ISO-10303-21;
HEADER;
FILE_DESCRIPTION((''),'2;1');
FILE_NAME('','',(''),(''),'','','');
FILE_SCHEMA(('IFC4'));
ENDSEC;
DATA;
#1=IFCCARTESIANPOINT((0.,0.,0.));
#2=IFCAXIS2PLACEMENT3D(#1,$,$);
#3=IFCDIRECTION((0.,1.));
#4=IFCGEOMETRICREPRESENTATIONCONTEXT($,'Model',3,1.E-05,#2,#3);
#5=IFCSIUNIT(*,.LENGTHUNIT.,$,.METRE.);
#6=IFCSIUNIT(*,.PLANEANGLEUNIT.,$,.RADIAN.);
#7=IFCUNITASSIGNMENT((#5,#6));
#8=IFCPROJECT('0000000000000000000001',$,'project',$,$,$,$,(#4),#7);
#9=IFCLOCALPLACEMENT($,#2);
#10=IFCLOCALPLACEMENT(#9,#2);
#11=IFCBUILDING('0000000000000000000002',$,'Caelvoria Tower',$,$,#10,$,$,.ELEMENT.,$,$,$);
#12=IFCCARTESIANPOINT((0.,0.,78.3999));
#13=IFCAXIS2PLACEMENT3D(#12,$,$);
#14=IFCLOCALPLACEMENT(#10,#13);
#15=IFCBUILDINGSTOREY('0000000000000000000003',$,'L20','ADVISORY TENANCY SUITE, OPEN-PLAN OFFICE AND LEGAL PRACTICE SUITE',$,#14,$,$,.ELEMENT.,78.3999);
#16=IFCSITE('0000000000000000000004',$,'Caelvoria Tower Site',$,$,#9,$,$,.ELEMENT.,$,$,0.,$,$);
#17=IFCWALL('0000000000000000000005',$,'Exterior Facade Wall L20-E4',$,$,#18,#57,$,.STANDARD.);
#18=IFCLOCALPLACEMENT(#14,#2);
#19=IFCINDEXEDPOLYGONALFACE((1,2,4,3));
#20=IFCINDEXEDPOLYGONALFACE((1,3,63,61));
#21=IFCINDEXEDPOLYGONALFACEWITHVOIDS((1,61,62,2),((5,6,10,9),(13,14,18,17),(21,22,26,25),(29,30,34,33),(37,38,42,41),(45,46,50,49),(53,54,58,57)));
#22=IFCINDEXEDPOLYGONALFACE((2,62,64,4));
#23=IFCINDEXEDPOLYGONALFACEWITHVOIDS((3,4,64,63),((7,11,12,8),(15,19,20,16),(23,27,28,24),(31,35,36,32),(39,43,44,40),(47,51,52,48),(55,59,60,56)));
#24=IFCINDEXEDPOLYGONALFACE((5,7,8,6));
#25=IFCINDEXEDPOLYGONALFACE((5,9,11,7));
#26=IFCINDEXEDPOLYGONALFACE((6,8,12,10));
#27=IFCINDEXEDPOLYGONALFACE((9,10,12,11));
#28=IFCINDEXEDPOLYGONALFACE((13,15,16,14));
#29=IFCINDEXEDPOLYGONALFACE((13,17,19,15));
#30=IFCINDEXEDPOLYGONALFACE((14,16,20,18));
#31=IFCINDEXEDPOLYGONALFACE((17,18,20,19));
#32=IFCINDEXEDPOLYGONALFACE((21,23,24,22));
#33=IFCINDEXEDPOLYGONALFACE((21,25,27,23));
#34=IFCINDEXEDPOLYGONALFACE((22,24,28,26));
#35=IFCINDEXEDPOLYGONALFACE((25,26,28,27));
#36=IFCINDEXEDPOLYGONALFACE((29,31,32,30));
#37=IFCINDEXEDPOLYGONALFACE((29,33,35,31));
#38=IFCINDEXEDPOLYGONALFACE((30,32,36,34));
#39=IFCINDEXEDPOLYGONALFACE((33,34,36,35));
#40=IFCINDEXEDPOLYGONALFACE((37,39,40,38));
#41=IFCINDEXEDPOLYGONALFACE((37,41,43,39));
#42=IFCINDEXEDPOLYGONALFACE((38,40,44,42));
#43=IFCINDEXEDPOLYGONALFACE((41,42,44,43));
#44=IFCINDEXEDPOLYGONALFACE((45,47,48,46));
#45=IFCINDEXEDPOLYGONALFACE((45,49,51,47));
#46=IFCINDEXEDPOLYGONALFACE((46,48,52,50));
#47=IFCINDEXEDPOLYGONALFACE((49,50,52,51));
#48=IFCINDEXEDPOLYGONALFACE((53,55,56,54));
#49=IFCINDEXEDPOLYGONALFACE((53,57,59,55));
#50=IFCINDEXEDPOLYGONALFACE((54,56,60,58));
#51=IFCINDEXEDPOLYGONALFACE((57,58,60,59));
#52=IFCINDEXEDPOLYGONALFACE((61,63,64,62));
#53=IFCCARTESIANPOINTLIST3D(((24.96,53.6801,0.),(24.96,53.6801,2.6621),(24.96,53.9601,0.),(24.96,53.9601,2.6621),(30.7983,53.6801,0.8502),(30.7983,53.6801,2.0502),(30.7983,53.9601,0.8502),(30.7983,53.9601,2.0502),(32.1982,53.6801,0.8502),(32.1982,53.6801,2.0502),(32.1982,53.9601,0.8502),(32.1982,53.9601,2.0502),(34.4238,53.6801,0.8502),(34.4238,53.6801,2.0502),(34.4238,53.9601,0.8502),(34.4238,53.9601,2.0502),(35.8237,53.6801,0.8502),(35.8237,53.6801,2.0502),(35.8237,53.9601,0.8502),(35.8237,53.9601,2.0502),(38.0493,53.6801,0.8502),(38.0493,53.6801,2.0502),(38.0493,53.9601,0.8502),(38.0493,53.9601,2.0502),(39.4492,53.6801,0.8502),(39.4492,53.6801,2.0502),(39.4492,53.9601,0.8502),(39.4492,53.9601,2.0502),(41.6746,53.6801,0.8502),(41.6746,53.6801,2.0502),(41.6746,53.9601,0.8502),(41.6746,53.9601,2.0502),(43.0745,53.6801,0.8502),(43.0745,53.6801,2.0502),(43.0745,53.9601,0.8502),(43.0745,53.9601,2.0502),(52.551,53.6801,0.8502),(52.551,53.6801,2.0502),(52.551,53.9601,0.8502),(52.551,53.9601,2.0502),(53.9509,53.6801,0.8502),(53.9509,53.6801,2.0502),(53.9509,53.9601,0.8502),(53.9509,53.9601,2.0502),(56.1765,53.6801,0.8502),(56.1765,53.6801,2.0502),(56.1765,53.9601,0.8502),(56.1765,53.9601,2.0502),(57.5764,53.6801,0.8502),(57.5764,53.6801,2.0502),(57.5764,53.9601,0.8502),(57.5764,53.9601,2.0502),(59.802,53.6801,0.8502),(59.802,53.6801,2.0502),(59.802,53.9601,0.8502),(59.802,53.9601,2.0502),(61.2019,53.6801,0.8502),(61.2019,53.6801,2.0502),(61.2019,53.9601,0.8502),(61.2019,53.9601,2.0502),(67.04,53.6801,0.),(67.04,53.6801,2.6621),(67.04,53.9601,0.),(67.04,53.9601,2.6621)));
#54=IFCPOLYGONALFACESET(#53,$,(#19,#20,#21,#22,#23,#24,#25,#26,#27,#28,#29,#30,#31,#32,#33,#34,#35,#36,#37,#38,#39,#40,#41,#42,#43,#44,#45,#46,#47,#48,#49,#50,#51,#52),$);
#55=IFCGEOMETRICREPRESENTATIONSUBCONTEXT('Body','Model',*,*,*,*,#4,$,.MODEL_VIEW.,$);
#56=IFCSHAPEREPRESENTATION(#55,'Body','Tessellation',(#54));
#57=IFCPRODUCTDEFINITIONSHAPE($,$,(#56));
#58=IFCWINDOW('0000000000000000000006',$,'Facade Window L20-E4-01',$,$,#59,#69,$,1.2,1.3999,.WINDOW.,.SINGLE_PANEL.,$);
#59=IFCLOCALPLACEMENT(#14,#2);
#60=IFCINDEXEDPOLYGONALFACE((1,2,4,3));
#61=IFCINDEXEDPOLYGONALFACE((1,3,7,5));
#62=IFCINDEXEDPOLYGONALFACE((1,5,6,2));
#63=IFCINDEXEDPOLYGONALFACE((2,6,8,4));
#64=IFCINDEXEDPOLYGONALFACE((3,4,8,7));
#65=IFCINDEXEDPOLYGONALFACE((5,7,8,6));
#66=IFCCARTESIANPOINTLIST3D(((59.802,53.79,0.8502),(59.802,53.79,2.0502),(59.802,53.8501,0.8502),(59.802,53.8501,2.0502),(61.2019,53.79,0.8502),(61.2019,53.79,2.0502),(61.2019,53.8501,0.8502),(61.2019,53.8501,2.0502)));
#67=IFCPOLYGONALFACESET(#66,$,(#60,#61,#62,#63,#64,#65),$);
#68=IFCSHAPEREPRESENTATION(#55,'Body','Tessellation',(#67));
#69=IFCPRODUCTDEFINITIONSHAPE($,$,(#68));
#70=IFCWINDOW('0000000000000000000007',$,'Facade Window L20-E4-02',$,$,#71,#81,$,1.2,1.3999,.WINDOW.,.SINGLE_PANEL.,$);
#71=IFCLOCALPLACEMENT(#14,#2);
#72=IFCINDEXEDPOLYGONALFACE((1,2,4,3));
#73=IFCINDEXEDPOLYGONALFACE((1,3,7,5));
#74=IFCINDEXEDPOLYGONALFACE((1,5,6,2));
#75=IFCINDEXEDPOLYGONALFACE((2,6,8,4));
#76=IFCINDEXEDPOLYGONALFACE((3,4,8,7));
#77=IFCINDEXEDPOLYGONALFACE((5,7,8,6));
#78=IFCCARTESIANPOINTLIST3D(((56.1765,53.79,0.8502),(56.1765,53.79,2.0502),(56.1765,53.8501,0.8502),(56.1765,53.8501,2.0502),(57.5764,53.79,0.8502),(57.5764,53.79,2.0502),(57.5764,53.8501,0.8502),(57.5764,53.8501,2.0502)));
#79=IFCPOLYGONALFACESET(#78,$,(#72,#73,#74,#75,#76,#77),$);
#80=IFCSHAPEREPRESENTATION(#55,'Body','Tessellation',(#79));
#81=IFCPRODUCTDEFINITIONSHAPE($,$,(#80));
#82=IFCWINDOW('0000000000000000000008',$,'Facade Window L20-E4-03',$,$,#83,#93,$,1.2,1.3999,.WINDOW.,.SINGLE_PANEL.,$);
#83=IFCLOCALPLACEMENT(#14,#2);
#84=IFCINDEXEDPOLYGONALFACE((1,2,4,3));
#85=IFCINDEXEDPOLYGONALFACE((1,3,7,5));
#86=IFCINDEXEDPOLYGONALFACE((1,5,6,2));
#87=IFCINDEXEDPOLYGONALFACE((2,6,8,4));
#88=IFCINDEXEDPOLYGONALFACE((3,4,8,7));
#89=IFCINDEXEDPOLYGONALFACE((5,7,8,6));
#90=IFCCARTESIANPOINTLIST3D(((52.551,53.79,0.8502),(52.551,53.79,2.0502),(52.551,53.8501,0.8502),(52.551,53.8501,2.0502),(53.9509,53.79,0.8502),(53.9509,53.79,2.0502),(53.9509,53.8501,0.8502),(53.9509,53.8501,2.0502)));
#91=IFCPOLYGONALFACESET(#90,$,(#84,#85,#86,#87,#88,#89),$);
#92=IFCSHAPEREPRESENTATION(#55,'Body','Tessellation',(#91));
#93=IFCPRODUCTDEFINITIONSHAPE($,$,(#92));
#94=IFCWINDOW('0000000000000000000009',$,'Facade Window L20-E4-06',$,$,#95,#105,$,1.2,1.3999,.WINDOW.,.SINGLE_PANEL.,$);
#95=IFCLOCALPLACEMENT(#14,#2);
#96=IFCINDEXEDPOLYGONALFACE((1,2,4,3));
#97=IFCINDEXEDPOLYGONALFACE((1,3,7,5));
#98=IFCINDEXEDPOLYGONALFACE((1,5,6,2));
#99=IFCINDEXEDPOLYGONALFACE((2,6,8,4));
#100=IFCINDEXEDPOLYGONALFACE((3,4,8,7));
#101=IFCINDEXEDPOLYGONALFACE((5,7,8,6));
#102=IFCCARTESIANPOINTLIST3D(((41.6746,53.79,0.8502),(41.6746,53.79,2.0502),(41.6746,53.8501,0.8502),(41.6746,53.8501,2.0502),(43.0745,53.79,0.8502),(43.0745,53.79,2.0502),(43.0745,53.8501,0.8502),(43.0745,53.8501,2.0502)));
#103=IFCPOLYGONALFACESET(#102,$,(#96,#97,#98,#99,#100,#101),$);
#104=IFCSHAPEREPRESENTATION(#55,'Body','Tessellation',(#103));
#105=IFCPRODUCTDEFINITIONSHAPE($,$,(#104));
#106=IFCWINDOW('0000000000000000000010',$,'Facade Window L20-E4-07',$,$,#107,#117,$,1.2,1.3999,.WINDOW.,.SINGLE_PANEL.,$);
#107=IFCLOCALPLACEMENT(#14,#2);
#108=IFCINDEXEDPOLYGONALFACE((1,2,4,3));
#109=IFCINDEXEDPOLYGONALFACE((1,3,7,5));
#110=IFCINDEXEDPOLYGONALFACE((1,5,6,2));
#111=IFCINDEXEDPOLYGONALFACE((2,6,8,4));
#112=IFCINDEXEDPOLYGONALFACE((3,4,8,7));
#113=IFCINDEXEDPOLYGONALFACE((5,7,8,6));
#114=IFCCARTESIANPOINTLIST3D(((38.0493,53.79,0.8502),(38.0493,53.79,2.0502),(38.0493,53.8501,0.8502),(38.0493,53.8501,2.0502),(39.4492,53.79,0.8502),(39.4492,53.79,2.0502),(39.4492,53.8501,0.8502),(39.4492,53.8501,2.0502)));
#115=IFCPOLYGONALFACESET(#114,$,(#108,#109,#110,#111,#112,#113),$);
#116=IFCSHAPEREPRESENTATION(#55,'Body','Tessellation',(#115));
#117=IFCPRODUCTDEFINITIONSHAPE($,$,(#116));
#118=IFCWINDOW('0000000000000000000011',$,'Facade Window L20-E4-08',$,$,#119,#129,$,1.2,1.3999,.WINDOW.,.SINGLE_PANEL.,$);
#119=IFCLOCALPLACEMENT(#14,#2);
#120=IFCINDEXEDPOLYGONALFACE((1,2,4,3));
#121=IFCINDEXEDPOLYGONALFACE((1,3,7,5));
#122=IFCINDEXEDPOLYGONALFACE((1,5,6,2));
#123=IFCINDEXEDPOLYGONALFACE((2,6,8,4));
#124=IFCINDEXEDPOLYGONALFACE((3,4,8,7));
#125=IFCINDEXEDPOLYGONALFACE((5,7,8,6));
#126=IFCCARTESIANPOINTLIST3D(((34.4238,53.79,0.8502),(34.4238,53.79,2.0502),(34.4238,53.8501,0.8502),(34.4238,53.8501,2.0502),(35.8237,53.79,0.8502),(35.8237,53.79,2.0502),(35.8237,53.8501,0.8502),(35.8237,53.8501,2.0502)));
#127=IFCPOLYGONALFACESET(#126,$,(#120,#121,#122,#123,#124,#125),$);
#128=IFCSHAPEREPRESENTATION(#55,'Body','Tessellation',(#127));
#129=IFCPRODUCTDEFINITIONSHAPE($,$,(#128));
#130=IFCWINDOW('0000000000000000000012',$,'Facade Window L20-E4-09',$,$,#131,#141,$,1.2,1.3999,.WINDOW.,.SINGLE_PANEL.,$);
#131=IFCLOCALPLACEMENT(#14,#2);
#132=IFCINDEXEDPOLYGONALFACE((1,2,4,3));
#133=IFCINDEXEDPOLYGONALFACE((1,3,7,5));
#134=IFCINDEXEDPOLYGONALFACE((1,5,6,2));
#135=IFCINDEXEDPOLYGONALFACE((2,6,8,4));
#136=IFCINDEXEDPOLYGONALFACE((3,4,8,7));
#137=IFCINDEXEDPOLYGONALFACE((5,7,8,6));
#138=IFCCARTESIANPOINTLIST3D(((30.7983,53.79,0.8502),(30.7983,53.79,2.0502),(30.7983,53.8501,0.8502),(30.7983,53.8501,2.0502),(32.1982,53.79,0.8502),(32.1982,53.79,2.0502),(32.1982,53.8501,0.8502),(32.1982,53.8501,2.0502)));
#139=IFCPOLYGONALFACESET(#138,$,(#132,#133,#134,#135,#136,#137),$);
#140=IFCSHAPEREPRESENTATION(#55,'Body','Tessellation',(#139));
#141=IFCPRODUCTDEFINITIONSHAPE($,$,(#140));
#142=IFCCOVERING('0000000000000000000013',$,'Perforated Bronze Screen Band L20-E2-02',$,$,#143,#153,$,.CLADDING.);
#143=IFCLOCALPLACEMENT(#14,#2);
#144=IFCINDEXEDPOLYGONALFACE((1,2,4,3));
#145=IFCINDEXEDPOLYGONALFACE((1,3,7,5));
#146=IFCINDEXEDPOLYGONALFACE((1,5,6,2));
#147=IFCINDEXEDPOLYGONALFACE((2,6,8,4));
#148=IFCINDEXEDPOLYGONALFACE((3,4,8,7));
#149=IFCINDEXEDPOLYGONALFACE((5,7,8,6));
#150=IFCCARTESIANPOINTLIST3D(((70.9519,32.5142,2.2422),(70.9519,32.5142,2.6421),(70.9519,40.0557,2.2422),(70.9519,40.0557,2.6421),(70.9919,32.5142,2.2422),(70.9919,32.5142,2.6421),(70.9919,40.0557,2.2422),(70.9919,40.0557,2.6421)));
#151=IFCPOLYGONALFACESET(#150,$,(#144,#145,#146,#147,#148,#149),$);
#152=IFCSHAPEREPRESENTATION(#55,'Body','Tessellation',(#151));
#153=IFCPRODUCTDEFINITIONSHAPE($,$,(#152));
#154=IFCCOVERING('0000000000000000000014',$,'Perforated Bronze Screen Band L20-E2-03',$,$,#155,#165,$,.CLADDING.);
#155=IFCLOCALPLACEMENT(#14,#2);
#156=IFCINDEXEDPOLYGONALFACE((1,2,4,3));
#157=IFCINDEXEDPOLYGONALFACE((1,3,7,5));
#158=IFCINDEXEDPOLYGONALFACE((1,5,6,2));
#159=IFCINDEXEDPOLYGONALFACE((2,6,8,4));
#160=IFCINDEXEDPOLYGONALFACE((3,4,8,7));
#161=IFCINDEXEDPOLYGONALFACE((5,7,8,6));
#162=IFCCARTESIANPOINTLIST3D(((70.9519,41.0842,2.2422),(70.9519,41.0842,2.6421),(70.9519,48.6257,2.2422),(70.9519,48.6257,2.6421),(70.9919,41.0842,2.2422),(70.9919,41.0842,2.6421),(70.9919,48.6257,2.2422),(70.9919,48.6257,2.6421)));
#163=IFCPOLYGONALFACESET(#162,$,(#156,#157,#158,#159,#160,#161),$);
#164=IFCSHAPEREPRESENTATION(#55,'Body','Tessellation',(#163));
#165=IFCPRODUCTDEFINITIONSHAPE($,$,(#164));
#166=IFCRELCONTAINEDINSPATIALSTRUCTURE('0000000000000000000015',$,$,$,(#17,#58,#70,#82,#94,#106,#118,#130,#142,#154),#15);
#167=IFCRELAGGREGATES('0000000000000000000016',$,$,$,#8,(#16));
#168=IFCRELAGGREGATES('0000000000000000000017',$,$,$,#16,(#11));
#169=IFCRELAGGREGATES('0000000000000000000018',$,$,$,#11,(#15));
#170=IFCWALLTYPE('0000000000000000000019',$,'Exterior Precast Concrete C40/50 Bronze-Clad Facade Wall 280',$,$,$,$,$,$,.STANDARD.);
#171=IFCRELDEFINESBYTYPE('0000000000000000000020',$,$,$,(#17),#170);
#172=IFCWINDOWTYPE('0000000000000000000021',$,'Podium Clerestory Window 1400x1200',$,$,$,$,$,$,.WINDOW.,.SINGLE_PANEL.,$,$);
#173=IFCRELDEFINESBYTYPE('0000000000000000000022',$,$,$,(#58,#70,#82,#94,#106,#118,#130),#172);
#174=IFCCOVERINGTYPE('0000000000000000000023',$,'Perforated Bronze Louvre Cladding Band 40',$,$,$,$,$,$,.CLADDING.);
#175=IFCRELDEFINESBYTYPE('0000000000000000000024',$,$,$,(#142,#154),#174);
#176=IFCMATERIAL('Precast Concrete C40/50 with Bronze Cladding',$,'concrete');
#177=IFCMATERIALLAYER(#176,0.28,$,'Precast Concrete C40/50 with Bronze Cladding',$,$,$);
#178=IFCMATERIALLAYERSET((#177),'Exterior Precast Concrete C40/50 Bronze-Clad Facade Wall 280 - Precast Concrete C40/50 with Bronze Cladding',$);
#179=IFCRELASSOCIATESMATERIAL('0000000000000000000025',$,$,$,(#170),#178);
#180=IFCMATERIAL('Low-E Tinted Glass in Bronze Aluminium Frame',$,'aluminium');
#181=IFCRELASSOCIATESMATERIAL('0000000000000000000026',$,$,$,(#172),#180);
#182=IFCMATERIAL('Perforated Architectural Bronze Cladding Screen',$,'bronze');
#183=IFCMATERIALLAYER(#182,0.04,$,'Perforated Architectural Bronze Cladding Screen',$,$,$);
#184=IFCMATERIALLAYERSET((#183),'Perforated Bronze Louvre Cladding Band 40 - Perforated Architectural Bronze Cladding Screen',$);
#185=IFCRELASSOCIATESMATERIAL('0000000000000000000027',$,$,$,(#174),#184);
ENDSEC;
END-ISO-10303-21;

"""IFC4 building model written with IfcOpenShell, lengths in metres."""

from ifc_helpers import new_model, si_unit, direction, frame, frame_2d, origin, origin_2d, place, context, subcontext, project, spatial, rectangle, extrude, material, layer, layer_set, type_object, element, fill, save


model = new_model("IFC4")

# Units and contexts
model_context = context("Model", 3, precision=1e-05, world=origin(), true_north=direction((0.0, 1.0)))
body_context = subcontext(model_context, "Body", "Model", "MODEL_VIEW")
ifc_project = project(units=[si_unit("LENGTHUNIT", "METRE"), si_unit("PLANEANGLEUNIT", "RADIAN")], contexts=[model_context])

# Site, building, storey
site_placement = place(None, origin())
site = spatial("IfcSite", under=ifc_project, at=site_placement, Name="Caelvoria Tower Site", CompositionType="ELEMENT", RefElevation=0.0)
building_placement = place(site_placement, origin())
building = spatial("IfcBuilding", under=site, at=building_placement, Name="Caelvoria Tower", CompositionType="ELEMENT")
storey_placement = place(building_placement, frame((0.0, 0.0, 78.3999)))
storey = spatial("IfcBuildingStorey", under=building, at=storey_placement, Name="L20", Description="ADVISORY TENANCY SUITE, OPEN-PLAN OFFICE AND LEGAL PRACTICE SUITE", CompositionType="ELEMENT", Elevation=78.3999)

# Shared definitions
ifc_material_1 = material(Name="Precast Concrete C40/50 with Bronze Cladding", Category="concrete")
ifc_layer_1 = layer(ifc_material_1, 0.28, Name="Precast Concrete C40/50 with Bronze Cladding")
ifc_layer_set_1 = layer_set([ifc_layer_1], Name="Exterior Precast Concrete C40/50 Bronze-Clad Facade Wall 280 - Precast Concrete C40/50 with Bronze Cladding")
wall_type = type_object("IfcWallType", Name="Exterior Precast Concrete C40/50 Bronze-Clad Facade Wall 280", PredefinedType="STANDARD", material=ifc_layer_set_1)

# Wall, openings, windows
wall_1_placement = place(storey_placement, frame((67.04, 53.8201, 0.0), z_axis=(0.0, 0.0, 1.0), x_axis=(-1.0, 0.0, 0.0)))
wall_1 = element("IfcWall", 1, at=wall_1_placement, inside=storey, type_object=wall_type, Name="Exterior Facade Wall L20-E4", PredefinedType="STANDARD", context=body_context, shape_type="SweptSolid", body=[
    extrude(rectangle(XDim=42.0801, YDim=0.28, at=frame_2d((21.04, 0.0))), origin(), (0.0, 0.0, 1.0), 2.6621),
])
opening_1_placement = place(wall_1_placement, frame((5.8381, 0.0, 0.8501)))
opening_1 = element("IfcOpeningElement", 2, at=opening_1_placement, cuts=wall_1, PredefinedType="OPENING", context=body_context, shape_type="SweptSolid", body=[
    extrude(rectangle(XDim=1.3999, YDim=1.2, at=frame_2d((0.7, 0.6001))), frame((0.0, 0.1499, 0.0), z_axis=(0.0, -1.0, 0.0), x_axis=(1.0, 0.0, 0.0)), (0.0, 0.0, 1.0), 0.3),
])
opening_2_placement = place(wall_1_placement, frame((9.4636, 0.0, 0.8501)))
opening_2 = element("IfcOpeningElement", 3, at=opening_2_placement, cuts=wall_1, PredefinedType="OPENING", context=body_context, shape_type="SweptSolid", body=[
    extrude(rectangle(XDim=1.3999, YDim=1.2, at=frame_2d((0.7, 0.6001))), frame((0.0, 0.1499, 0.0), z_axis=(0.0, -1.0, 0.0), x_axis=(1.0, 0.0, 0.0)), (0.0, 0.0, 1.0), 0.3),
])
opening_3_placement = place(wall_1_placement, frame((13.0891, 0.0, 0.8501)))
opening_3 = element("IfcOpeningElement", 4, at=opening_3_placement, cuts=wall_1, PredefinedType="OPENING", context=body_context, shape_type="SweptSolid", body=[
    extrude(rectangle(XDim=1.3999, YDim=1.2, at=frame_2d((0.7, 0.6001))), frame((0.0, 0.1499, 0.0), z_axis=(0.0, -1.0, 0.0), x_axis=(1.0, 0.0, 0.0)), (0.0, 0.0, 1.0), 0.3),
])
opening_4_placement = place(wall_1_placement, frame((23.9656, 0.0, 0.8501)))
opening_4 = element("IfcOpeningElement", 5, at=opening_4_placement, cuts=wall_1, PredefinedType="OPENING", context=body_context, shape_type="SweptSolid", body=[
    extrude(rectangle(XDim=1.3999, YDim=1.2, at=frame_2d((0.7, 0.6001))), frame((0.0, 0.1499, 0.0), z_axis=(0.0, -1.0, 0.0), x_axis=(1.0, 0.0, 0.0)), (0.0, 0.0, 1.0), 0.3),
])
opening_5_placement = place(wall_1_placement, frame((27.5908, 0.0, 0.8501)))
opening_5 = element("IfcOpeningElement", 6, at=opening_5_placement, cuts=wall_1, PredefinedType="OPENING", context=body_context, shape_type="SweptSolid", body=[
    extrude(rectangle(XDim=1.3999, YDim=1.2, at=frame_2d((0.7, 0.6001))), frame((0.0, 0.1499, 0.0), z_axis=(0.0, -1.0, 0.0), x_axis=(1.0, 0.0, 0.0)), (0.0, 0.0, 1.0), 0.3),
])
opening_6_placement = place(wall_1_placement, frame((31.2163, 0.0, 0.8501)))
opening_6 = element("IfcOpeningElement", 7, at=opening_6_placement, cuts=wall_1, PredefinedType="OPENING", context=body_context, shape_type="SweptSolid", body=[
    extrude(rectangle(XDim=1.3999, YDim=1.2, at=frame_2d((0.7, 0.6001))), frame((0.0, 0.1499, 0.0), z_axis=(0.0, -1.0, 0.0), x_axis=(1.0, 0.0, 0.0)), (0.0, 0.0, 1.0), 0.3),
])
opening_7_placement = place(wall_1_placement, frame((34.8418, 0.0, 0.8501)))
opening_7 = element("IfcOpeningElement", 8, at=opening_7_placement, cuts=wall_1, PredefinedType="OPENING", context=body_context, shape_type="SweptSolid", body=[
    extrude(rectangle(XDim=1.3999, YDim=1.2, at=frame_2d((0.7, 0.6001))), frame((0.0, 0.1499, 0.0), z_axis=(0.0, -1.0, 0.0), x_axis=(1.0, 0.0, 0.0)), (0.0, 0.0, 1.0), 0.3),
])
ifc_material_2 = material(Name="Low-E Tinted Glass in Bronze Aluminium Frame", Category="aluminium")
window_type = type_object("IfcWindowType", Name="Podium Clerestory Window 1400x1200", PartitioningType="SINGLE_PANEL", PredefinedType="WINDOW", material=ifc_material_2)
window_1_placement = place(opening_1_placement, origin())
window_1 = element("IfcWindow", 9, at=window_1_placement, inside=storey, type_object=window_type, Name="Facade Window L20-E4-01", OverallHeight=1.2, OverallWidth=1.3999, PartitioningType="SINGLE_PANEL", PredefinedType="WINDOW", context=body_context, shape_type="SweptSolid", body=[
    extrude(rectangle(XDim=1.3999, YDim=1.2, at=frame_2d((0.7, 0.6001))), frame((0.0, 0.03, 0.0), z_axis=(0.0, -1.0, 0.0), x_axis=(1.0, 0.0, 0.0)), (0.0, 0.0, 1.0), 0.0601),
])
fill(opening_1, window_1)
window_2_placement = place(opening_2_placement, origin())
window_2 = element("IfcWindow", 10, at=window_2_placement, inside=storey, type_object=window_type, Name="Facade Window L20-E4-02", OverallHeight=1.2, OverallWidth=1.3999, PartitioningType="SINGLE_PANEL", PredefinedType="WINDOW", context=body_context, shape_type="SweptSolid", body=[
    extrude(rectangle(XDim=1.3999, YDim=1.2, at=frame_2d((0.7, 0.6001))), frame((0.0, 0.03, 0.0), z_axis=(0.0, -1.0, 0.0), x_axis=(1.0, 0.0, 0.0)), (0.0, 0.0, 1.0), 0.0601),
])
fill(opening_2, window_2)
window_3_placement = place(opening_3_placement, origin())
window_3 = element("IfcWindow", 11, at=window_3_placement, inside=storey, type_object=window_type, Name="Facade Window L20-E4-03", OverallHeight=1.2, OverallWidth=1.3999, PartitioningType="SINGLE_PANEL", PredefinedType="WINDOW", context=body_context, shape_type="SweptSolid", body=[
    extrude(rectangle(XDim=1.3999, YDim=1.2, at=frame_2d((0.7, 0.6001))), frame((0.0, 0.03, 0.0), z_axis=(0.0, -1.0, 0.0), x_axis=(1.0, 0.0, 0.0)), (0.0, 0.0, 1.0), 0.0601),
])
fill(opening_3, window_3)
window_4_placement = place(opening_4_placement, origin())
window_4 = element("IfcWindow", 12, at=window_4_placement, inside=storey, type_object=window_type, Name="Facade Window L20-E4-06", OverallHeight=1.2, OverallWidth=1.3999, PartitioningType="SINGLE_PANEL", PredefinedType="WINDOW", context=body_context, shape_type="SweptSolid", body=[
    extrude(rectangle(XDim=1.3999, YDim=1.2, at=frame_2d((0.7, 0.6001))), frame((0.0, 0.03, 0.0), z_axis=(0.0, -1.0, 0.0), x_axis=(1.0, 0.0, 0.0)), (0.0, 0.0, 1.0), 0.0601),
])
fill(opening_4, window_4)
window_5_placement = place(opening_5_placement, origin())
window_5 = element("IfcWindow", 13, at=window_5_placement, inside=storey, type_object=window_type, Name="Facade Window L20-E4-07", OverallHeight=1.2, OverallWidth=1.3999, PartitioningType="SINGLE_PANEL", PredefinedType="WINDOW", context=body_context, shape_type="SweptSolid", body=[
    extrude(rectangle(XDim=1.3999, YDim=1.2, at=frame_2d((0.7, 0.6001))), frame((0.0, 0.03, 0.0), z_axis=(0.0, -1.0, 0.0), x_axis=(1.0, 0.0, 0.0)), (0.0, 0.0, 1.0), 0.0601),
])
fill(opening_5, window_5)
window_6_placement = place(opening_6_placement, origin())
window_6 = element("IfcWindow", 14, at=window_6_placement, inside=storey, type_object=window_type, Name="Facade Window L20-E4-08", OverallHeight=1.2, OverallWidth=1.3999, PartitioningType="SINGLE_PANEL", PredefinedType="WINDOW", context=body_context, shape_type="SweptSolid", body=[
    extrude(rectangle(XDim=1.3999, YDim=1.2, at=frame_2d((0.7, 0.6001))), frame((0.0, 0.03, 0.0), z_axis=(0.0, -1.0, 0.0), x_axis=(1.0, 0.0, 0.0)), (0.0, 0.0, 1.0), 0.0601),
])
fill(opening_6, window_6)
window_7_placement = place(opening_7_placement, origin())
window_7 = element("IfcWindow", 15, at=window_7_placement, inside=storey, type_object=window_type, Name="Facade Window L20-E4-09", OverallHeight=1.2, OverallWidth=1.3999, PartitioningType="SINGLE_PANEL", PredefinedType="WINDOW", context=body_context, shape_type="SweptSolid", body=[
    extrude(rectangle(XDim=1.3999, YDim=1.2, at=frame_2d((0.7, 0.6001))), frame((0.0, 0.03, 0.0), z_axis=(0.0, -1.0, 0.0), x_axis=(1.0, 0.0, 0.0)), (0.0, 0.0, 1.0), 0.0601),
])
fill(opening_7, window_7)

# Coverings
ifc_material_3 = material(Name="Perforated Architectural Bronze Cladding Screen", Category="bronze")
ifc_layer_2 = layer(ifc_material_3, 0.04, Name="Perforated Architectural Bronze Cladding Screen")
ifc_layer_set_2 = layer_set([ifc_layer_2], Name="Perforated Bronze Louvre Cladding Band 40 - Perforated Architectural Bronze Cladding Screen")
covering_type = type_object("IfcCoveringType", Name="Perforated Bronze Louvre Cladding Band 40", PredefinedType="CLADDING", material=ifc_layer_set_2)
for number, where, z_axis, x_axis, name in (
    (16, (70.9719, 36.2849, 2.2422), (0.0, 0.0, 1.0), (0.0, 1.0, 0.0), "Perforated Bronze Screen Band L20-E2-02"),
    (17, (70.9719, 44.855, 2.2422), (0.0, 0.0, 1.0), (0.0, 1.0, 0.0), "Perforated Bronze Screen Band L20-E2-03"),
):
    element("IfcCovering", number, at=place(storey_placement, frame(where, z_axis=z_axis, x_axis=x_axis)), inside=storey, type_object=covering_type, Name=name, PredefinedType="CLADDING", context=body_context, shape_type="SweptSolid", body=[
        extrude(rectangle(XDim=7.5415, YDim=0.04, at=origin_2d()), origin(), (0.0, 0.0, 1.0), 0.3999),
    ])

save(model, "model.ifc")
